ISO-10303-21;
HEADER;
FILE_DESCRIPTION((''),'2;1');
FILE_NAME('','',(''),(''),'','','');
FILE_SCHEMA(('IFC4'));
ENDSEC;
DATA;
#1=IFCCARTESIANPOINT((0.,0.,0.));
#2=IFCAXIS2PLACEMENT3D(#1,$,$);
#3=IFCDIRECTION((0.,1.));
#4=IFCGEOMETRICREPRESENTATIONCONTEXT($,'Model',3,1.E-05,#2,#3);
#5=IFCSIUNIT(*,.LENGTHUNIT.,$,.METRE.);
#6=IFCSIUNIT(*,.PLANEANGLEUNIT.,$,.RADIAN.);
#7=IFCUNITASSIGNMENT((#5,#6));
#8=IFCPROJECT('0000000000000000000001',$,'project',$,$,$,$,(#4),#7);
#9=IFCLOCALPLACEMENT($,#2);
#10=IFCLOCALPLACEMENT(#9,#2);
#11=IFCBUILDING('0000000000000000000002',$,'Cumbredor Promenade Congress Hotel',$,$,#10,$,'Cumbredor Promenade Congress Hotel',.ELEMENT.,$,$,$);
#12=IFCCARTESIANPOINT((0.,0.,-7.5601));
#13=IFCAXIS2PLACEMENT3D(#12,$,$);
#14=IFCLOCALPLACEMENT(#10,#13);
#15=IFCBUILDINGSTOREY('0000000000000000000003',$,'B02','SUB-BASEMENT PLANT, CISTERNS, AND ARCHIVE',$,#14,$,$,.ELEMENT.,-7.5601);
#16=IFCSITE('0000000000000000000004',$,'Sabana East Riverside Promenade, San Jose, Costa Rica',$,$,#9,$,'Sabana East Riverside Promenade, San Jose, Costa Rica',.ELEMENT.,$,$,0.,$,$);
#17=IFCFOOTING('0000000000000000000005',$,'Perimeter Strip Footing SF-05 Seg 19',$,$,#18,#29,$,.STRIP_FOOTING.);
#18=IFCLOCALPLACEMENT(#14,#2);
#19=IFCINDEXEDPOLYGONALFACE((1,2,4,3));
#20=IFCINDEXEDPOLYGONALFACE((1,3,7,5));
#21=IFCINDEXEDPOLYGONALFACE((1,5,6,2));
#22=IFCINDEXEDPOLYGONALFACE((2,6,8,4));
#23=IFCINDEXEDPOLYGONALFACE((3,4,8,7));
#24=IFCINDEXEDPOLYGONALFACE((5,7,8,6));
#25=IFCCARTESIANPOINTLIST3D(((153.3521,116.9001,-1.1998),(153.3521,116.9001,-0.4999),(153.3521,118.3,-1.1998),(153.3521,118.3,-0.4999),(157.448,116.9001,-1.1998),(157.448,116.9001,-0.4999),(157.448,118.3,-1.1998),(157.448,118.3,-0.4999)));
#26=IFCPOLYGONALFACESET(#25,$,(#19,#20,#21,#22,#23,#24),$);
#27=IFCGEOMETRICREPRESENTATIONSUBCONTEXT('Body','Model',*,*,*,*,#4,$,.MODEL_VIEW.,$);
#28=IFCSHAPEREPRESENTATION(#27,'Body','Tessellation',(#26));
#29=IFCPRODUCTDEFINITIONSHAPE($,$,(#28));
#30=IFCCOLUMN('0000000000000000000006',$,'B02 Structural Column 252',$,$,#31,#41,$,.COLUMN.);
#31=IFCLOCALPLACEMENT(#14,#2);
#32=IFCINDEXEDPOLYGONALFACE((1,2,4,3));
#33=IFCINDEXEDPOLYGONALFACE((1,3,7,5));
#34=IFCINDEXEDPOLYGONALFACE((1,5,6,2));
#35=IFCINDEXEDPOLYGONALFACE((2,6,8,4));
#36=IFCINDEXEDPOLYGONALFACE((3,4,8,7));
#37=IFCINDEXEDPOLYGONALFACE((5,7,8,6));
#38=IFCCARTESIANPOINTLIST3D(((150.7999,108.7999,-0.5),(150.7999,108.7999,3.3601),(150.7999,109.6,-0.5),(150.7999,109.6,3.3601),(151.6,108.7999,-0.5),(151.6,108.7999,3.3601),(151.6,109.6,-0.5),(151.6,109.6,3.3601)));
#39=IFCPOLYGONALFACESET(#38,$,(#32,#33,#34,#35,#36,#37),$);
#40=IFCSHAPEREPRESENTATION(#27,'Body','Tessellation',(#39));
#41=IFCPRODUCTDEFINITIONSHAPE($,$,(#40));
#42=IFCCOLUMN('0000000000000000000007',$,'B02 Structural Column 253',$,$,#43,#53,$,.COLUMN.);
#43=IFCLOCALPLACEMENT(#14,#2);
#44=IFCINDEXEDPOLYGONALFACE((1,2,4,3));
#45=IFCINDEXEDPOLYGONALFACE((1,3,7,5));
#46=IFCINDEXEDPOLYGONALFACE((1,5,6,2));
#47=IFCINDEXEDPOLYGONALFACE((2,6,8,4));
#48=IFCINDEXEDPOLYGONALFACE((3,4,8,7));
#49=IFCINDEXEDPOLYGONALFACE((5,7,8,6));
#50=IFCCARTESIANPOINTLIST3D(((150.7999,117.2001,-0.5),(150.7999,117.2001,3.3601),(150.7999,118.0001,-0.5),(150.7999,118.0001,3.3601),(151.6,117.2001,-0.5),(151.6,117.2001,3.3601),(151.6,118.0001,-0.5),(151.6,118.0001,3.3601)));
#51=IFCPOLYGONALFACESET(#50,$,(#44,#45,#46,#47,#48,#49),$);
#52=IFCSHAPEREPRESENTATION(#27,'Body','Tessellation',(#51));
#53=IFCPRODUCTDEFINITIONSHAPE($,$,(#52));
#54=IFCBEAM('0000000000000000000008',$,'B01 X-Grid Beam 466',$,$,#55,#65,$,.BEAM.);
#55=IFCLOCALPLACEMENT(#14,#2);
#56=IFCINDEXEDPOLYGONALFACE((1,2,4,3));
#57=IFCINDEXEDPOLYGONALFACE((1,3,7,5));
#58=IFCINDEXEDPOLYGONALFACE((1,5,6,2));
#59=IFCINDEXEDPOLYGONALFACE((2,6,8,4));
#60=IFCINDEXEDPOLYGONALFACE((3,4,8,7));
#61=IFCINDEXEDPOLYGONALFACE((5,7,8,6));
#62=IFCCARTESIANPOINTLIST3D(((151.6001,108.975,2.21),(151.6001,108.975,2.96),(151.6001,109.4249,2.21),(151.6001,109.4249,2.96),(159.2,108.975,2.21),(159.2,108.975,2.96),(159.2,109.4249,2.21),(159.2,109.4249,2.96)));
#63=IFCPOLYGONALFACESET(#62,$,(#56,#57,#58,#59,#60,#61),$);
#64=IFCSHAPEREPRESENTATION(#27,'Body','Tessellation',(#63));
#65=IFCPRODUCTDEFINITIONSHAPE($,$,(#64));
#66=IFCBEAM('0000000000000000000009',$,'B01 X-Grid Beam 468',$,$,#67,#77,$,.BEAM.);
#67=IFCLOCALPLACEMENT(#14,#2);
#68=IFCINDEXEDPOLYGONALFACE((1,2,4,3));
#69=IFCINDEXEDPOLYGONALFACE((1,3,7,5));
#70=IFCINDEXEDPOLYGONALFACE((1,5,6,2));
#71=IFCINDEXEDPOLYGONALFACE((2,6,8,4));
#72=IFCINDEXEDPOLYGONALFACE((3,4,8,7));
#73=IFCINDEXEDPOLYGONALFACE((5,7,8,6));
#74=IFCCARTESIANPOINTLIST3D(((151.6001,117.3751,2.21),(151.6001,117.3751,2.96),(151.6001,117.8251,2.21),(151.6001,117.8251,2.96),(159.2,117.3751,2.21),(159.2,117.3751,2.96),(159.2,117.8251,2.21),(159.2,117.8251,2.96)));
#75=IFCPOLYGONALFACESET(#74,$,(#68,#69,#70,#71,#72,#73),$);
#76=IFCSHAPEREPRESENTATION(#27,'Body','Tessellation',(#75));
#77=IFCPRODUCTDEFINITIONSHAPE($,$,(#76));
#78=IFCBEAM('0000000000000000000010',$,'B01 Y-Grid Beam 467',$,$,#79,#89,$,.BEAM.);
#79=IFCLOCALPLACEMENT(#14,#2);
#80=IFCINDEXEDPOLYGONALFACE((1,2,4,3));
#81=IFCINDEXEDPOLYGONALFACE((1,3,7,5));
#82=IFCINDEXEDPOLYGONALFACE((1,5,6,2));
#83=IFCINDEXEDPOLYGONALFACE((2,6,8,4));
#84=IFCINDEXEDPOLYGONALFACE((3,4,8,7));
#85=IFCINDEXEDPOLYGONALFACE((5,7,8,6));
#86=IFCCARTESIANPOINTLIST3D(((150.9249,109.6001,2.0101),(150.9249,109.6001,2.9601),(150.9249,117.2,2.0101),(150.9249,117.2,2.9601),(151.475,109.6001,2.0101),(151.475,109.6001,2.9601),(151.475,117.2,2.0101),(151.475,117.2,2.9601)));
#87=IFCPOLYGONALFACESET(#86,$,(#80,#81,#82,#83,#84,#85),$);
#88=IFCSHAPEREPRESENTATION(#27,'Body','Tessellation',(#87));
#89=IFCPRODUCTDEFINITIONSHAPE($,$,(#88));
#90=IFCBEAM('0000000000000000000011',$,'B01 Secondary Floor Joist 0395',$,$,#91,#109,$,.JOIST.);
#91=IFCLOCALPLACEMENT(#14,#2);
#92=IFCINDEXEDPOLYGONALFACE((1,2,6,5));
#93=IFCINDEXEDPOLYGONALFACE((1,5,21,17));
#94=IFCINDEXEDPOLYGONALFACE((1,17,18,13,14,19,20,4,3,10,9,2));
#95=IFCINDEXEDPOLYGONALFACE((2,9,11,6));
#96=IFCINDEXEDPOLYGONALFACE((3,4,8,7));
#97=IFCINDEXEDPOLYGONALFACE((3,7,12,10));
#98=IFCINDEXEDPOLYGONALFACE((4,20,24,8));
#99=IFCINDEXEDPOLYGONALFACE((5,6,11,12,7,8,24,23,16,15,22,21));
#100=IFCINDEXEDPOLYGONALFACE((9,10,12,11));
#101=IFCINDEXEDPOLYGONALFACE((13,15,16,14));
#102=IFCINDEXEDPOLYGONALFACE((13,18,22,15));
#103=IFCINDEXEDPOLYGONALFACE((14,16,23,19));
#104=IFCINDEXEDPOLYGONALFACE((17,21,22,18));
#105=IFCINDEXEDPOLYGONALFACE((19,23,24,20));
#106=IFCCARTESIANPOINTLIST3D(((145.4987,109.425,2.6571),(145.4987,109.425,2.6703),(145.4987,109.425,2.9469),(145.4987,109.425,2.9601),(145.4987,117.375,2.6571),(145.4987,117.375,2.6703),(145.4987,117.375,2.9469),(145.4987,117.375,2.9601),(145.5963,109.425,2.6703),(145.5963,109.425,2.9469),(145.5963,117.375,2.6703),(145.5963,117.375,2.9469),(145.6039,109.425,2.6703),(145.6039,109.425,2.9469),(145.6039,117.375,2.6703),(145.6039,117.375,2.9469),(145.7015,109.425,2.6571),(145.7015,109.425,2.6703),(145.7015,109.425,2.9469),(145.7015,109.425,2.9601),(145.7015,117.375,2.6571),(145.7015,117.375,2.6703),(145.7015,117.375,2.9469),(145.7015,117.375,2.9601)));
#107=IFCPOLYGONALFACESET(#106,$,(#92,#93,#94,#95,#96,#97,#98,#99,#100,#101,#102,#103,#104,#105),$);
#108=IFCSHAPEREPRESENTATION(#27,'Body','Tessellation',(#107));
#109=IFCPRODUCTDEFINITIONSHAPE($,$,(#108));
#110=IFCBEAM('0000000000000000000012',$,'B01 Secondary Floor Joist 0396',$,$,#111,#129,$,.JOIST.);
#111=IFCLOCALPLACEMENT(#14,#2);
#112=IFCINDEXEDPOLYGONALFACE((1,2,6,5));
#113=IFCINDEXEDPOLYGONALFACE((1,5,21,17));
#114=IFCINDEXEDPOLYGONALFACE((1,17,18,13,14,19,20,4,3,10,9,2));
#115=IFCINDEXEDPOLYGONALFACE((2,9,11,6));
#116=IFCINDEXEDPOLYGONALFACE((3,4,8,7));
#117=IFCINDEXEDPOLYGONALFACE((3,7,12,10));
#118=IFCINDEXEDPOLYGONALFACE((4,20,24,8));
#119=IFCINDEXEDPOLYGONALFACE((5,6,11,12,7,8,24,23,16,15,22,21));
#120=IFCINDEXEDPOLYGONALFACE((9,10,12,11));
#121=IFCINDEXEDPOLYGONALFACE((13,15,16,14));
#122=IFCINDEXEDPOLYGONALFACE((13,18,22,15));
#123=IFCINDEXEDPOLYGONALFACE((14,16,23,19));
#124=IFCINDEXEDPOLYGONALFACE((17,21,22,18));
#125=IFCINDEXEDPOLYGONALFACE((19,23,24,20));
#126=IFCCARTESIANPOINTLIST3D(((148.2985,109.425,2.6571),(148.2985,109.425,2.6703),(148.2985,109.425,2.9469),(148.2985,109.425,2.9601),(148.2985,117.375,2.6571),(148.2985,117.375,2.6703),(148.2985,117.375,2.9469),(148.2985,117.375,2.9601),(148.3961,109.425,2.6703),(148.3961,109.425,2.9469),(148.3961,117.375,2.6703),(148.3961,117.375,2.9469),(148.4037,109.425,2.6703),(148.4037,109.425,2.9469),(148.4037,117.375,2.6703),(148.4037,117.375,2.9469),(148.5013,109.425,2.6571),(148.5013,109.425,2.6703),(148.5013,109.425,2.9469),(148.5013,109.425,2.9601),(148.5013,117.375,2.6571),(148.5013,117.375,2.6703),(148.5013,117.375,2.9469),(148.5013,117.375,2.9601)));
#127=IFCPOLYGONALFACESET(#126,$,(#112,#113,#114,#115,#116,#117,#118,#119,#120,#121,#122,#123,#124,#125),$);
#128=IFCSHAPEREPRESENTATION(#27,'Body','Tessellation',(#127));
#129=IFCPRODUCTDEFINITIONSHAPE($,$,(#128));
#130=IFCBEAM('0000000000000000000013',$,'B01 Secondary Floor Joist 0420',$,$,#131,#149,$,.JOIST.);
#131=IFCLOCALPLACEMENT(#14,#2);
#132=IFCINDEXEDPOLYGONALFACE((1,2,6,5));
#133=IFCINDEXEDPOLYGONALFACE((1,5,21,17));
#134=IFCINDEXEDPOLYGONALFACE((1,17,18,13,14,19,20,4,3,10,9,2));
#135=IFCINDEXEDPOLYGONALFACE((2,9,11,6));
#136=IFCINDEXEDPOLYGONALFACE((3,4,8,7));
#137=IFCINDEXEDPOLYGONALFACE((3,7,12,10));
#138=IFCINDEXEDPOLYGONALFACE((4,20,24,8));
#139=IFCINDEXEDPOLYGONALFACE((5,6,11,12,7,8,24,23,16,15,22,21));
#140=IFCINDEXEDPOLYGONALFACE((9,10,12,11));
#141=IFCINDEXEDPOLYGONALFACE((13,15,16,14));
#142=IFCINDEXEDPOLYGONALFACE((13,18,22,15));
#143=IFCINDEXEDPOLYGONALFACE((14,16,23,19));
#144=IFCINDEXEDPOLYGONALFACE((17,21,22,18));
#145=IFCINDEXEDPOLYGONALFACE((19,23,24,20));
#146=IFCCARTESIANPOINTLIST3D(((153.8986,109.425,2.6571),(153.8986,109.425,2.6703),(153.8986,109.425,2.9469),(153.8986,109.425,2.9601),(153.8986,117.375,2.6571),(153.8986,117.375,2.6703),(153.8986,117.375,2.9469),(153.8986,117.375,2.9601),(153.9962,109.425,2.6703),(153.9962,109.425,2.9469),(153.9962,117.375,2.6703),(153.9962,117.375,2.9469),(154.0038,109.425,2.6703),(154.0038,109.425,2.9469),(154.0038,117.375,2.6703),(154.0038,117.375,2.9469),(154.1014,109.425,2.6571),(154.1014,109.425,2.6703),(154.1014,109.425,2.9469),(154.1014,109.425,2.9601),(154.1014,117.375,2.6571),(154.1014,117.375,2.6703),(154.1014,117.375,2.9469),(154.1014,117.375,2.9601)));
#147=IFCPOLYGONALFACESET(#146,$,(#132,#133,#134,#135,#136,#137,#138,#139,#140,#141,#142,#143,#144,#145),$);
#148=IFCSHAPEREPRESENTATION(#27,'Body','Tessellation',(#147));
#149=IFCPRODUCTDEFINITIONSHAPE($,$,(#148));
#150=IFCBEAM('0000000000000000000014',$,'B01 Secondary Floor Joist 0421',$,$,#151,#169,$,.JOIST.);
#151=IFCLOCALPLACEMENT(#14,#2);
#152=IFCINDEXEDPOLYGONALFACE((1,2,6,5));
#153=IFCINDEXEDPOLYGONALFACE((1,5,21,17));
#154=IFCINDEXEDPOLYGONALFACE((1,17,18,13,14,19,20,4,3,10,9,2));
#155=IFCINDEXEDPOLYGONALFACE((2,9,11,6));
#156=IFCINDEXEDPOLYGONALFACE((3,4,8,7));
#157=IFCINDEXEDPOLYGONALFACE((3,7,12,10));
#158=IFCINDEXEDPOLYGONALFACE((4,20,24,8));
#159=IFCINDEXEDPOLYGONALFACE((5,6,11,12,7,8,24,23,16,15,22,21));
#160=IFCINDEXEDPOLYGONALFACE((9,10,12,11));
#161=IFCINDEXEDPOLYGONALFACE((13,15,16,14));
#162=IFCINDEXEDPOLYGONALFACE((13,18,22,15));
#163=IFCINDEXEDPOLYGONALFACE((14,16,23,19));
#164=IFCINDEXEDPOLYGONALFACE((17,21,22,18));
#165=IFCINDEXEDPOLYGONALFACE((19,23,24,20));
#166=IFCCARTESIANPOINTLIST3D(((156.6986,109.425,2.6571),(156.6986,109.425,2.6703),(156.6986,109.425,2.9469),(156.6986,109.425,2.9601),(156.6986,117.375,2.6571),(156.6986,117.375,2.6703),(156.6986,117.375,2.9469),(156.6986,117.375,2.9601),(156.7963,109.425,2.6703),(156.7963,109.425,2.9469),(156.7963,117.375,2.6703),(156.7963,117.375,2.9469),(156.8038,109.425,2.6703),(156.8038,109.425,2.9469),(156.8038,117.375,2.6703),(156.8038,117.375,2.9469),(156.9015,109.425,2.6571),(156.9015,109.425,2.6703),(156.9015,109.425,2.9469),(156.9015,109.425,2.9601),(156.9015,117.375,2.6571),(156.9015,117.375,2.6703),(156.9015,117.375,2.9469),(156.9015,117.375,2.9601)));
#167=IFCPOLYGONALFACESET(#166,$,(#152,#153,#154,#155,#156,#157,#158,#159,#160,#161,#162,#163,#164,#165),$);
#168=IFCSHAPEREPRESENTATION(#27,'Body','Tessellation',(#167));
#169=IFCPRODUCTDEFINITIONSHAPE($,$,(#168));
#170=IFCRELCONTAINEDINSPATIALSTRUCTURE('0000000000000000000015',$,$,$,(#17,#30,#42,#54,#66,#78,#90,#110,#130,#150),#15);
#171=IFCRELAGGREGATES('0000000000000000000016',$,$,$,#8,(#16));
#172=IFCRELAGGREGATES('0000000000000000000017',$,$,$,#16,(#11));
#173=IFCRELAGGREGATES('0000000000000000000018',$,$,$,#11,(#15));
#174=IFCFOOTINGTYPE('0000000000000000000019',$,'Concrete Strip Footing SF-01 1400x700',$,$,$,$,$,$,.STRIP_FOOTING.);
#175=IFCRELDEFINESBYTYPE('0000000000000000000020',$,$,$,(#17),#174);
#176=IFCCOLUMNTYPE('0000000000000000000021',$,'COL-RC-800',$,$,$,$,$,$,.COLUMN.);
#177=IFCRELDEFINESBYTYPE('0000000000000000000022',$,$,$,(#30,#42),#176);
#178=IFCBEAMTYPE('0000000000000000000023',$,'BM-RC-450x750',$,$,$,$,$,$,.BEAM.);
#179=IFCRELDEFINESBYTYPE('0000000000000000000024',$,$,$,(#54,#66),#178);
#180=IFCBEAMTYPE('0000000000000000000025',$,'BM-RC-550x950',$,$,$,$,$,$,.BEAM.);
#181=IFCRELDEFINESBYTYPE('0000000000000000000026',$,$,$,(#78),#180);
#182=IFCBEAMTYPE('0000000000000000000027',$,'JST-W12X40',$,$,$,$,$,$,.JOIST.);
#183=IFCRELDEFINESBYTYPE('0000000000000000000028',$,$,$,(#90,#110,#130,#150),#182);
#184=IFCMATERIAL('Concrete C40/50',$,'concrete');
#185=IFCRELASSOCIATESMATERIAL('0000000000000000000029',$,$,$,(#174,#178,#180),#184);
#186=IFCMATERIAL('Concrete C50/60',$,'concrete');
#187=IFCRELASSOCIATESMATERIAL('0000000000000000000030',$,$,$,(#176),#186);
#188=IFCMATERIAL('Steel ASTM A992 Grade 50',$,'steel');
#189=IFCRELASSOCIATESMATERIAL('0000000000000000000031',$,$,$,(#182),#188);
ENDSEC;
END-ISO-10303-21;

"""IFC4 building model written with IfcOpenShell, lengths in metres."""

from ifc_helpers import new_model, si_unit, direction, frame, origin, origin_2d, place, context, subcontext, project, spatial, rectangle, i_section, extrude, material, material_profile, profile_set, type_object, element, save


model = new_model("IFC4")

# Units and contexts
model_context = context("Model", 3, precision=1e-05, world=origin(), true_north=direction((0.0, 1.0)))
body_context = subcontext(model_context, "Body", "Model", "MODEL_VIEW")
ifc_project = project(units=[si_unit("LENGTHUNIT", "METRE"), si_unit("PLANEANGLEUNIT", "RADIAN")], contexts=[model_context])

# Site, building, storey
site_placement = place(None, origin())
site = spatial("IfcSite", under=ifc_project, at=site_placement, Name="Sabana East Riverside Promenade, San Jose, Costa Rica", LongName="Sabana East Riverside Promenade, San Jose, Costa Rica", CompositionType="ELEMENT", RefElevation=0.0)
building_placement = place(site_placement, origin())
building = spatial("IfcBuilding", under=site, at=building_placement, Name="Cumbredor Promenade Congress Hotel", LongName="Cumbredor Promenade Congress Hotel", CompositionType="ELEMENT")
storey_placement = place(building_placement, frame((0.0, 0.0, -7.5601)))
storey = spatial("IfcBuildingStorey", under=building, at=storey_placement, Name="B02", Description="SUB-BASEMENT PLANT, CISTERNS, AND ARCHIVE", CompositionType="ELEMENT", Elevation=-7.5601)

# Shared definitions
ifc_material_1 = material(Name="Concrete C40/50", Category="concrete")

# Footing
ifc_material_profile_1 = material_profile(ifc_material_1, rectangle(XDim=1.3999, YDim=0.7, at=origin_2d()), Name="SF 1400x700")
ifc_profile_set_1 = profile_set([ifc_material_profile_1], Name="Concrete C40/50")
footing_type_1 = type_object("IfcFootingType", Name="Concrete Strip Footing SF-01 1400x700", PredefinedType="STRIP_FOOTING", material=ifc_profile_set_1)
footing_1_placement = place(storey_placement, frame((153.3521, 117.6001, -0.8499), z_axis=(1.0, 0.0, 0.0), x_axis=(0.0, 1.0, 0.0)))
element("IfcFooting", 1, at=footing_1_placement, inside=storey, type_object=footing_type_1, Name="Perimeter Strip Footing SF-05 Seg 19", PredefinedType="STRIP_FOOTING", context=body_context, shape_type="SweptSolid", body=[
    extrude(rectangle(XDim=1.3999, YDim=0.7, at=origin_2d()), origin(), (0.0, 0.0, 1.0), 4.0959),
])

# Columns
ifc_material_2 = material(Name="Concrete C50/60", Category="concrete")
ifc_material_profile_2 = material_profile(ifc_material_2, rectangle(XDim=0.8, YDim=0.8, at=origin_2d()), Name="RC 800x800")
ifc_profile_set_2 = profile_set([ifc_material_profile_2], Name="Concrete C50/60")
column_type = type_object("IfcColumnType", Name="COL-RC-800", PredefinedType="COLUMN", material=ifc_profile_set_2)
for number, where, z_axis, x_axis, name in (
    (2, (151.2, 109.2, -0.5), (0.0, 0.0, 1.0), (1.0, 0.0, 0.0), "B02 Structural Column 252"),
    (3, (151.2, 117.6001, -0.5), (0.0, 0.0, 1.0), (1.0, 0.0, 0.0), "B02 Structural Column 253"),
):
    element("IfcColumn", number, at=place(storey_placement, frame(where, z_axis=z_axis, x_axis=x_axis)), inside=storey, type_object=column_type, Name=name, PredefinedType="COLUMN", context=body_context, shape_type="SweptSolid", body=[
        extrude(rectangle(XDim=0.8, YDim=0.8, at=origin_2d()), origin(), (0.0, 0.0, 1.0), 3.8601),
    ])

# Beams
ifc_material_profile_3 = material_profile(ifc_material_1, rectangle(XDim=0.45, YDim=0.75, at=origin_2d()), Name="RC BEAM 450x750")
ifc_profile_set_3 = profile_set([ifc_material_profile_3], Name="Concrete C40/50")
beam_type_1 = type_object("IfcBeamType", Name="BM-RC-450x750", PredefinedType="BEAM", material=ifc_profile_set_3)
for number, where, z_axis, x_axis, name in (
    (4, (151.6001, 109.2, 2.585), (1.0, 0.0, 0.0), (0.0, 1.0, 0.0), "B01 X-Grid Beam 466"),
    (5, (151.6001, 117.6001, 2.585), (1.0, 0.0, 0.0), (0.0, 1.0, 0.0), "B01 X-Grid Beam 468"),
):
    element("IfcBeam", number, at=place(storey_placement, frame(where, z_axis=z_axis, x_axis=x_axis)), inside=storey, type_object=beam_type_1, Name=name, PredefinedType="BEAM", context=body_context, shape_type="SweptSolid", body=[
        extrude(rectangle(XDim=0.45, YDim=0.75, at=origin_2d()), origin(), (0.0, 0.0, 1.0), 7.5999),
    ])
ifc_material_profile_4 = material_profile(ifc_material_1, rectangle(XDim=0.55, YDim=0.95, at=origin_2d()), Name="RC BEAM 550x950")
ifc_profile_set_4 = profile_set([ifc_material_profile_4], Name="Concrete C40/50")
beam_type_2 = type_object("IfcBeamType", Name="BM-RC-550x950", PredefinedType="BEAM", material=ifc_profile_set_4)
beam_placement = place(storey_placement, frame((151.2, 109.6001, 2.4851), z_axis=(0.0, 1.0, 0.0), x_axis=(-1.0, 0.0, 0.0)))
element("IfcBeam", 6, at=beam_placement, inside=storey, type_object=beam_type_2, Name="B01 Y-Grid Beam 467", PredefinedType="BEAM", context=body_context, shape_type="SweptSolid", body=[
    extrude(rectangle(XDim=0.55, YDim=0.95, at=origin_2d()), origin(), (0.0, 0.0, 1.0), 7.5999),
])
ifc_material_3 = material(Name="Steel ASTM A992 Grade 50", Category="steel")
ifc_material_profile_5 = material_profile(ifc_material_3, i_section(OverallWidth=0.2029, OverallDepth=0.303, WebThickness=0.0076, FlangeThickness=0.0132, at=origin_2d()), Name="W12X40")
ifc_profile_set_5 = profile_set([ifc_material_profile_5], Name="Steel ASTM A992 Grade 50")
beam_type_3 = type_object("IfcBeamType", Name="JST-W12X40", PredefinedType="JOIST", material=ifc_profile_set_5)
for number, where, z_axis, x_axis, name in (
    (7, (145.6001, 109.425, 2.8086), (0.0, 1.0, 0.0), (-1.0, 0.0, 0.0), "B01 Secondary Floor Joist 0395"),
    (8, (148.3999, 109.425, 2.8086), (0.0, 1.0, 0.0), (-1.0, 0.0, 0.0), "B01 Secondary Floor Joist 0396"),
    (9, (154.0, 109.425, 2.8086), (0.0, 1.0, 0.0), (-1.0, 0.0, 0.0), "B01 Secondary Floor Joist 0420"),
    (10, (156.8, 109.425, 2.8086), (0.0, 1.0, 0.0), (-1.0, 0.0, 0.0), "B01 Secondary Floor Joist 0421"),
):
    element("IfcBeam", number, at=place(storey_placement, frame(where, z_axis=z_axis, x_axis=x_axis)), inside=storey, type_object=beam_type_3, Name=name, PredefinedType="JOIST", context=body_context, shape_type="SweptSolid", body=[
        extrude(i_section(OverallWidth=0.2029, OverallDepth=0.303, WebThickness=0.0076, FlangeThickness=0.0132, at=origin_2d()), origin(), (0.0, 0.0, 1.0), 7.95),
    ])

save(model, "model.ifc")
